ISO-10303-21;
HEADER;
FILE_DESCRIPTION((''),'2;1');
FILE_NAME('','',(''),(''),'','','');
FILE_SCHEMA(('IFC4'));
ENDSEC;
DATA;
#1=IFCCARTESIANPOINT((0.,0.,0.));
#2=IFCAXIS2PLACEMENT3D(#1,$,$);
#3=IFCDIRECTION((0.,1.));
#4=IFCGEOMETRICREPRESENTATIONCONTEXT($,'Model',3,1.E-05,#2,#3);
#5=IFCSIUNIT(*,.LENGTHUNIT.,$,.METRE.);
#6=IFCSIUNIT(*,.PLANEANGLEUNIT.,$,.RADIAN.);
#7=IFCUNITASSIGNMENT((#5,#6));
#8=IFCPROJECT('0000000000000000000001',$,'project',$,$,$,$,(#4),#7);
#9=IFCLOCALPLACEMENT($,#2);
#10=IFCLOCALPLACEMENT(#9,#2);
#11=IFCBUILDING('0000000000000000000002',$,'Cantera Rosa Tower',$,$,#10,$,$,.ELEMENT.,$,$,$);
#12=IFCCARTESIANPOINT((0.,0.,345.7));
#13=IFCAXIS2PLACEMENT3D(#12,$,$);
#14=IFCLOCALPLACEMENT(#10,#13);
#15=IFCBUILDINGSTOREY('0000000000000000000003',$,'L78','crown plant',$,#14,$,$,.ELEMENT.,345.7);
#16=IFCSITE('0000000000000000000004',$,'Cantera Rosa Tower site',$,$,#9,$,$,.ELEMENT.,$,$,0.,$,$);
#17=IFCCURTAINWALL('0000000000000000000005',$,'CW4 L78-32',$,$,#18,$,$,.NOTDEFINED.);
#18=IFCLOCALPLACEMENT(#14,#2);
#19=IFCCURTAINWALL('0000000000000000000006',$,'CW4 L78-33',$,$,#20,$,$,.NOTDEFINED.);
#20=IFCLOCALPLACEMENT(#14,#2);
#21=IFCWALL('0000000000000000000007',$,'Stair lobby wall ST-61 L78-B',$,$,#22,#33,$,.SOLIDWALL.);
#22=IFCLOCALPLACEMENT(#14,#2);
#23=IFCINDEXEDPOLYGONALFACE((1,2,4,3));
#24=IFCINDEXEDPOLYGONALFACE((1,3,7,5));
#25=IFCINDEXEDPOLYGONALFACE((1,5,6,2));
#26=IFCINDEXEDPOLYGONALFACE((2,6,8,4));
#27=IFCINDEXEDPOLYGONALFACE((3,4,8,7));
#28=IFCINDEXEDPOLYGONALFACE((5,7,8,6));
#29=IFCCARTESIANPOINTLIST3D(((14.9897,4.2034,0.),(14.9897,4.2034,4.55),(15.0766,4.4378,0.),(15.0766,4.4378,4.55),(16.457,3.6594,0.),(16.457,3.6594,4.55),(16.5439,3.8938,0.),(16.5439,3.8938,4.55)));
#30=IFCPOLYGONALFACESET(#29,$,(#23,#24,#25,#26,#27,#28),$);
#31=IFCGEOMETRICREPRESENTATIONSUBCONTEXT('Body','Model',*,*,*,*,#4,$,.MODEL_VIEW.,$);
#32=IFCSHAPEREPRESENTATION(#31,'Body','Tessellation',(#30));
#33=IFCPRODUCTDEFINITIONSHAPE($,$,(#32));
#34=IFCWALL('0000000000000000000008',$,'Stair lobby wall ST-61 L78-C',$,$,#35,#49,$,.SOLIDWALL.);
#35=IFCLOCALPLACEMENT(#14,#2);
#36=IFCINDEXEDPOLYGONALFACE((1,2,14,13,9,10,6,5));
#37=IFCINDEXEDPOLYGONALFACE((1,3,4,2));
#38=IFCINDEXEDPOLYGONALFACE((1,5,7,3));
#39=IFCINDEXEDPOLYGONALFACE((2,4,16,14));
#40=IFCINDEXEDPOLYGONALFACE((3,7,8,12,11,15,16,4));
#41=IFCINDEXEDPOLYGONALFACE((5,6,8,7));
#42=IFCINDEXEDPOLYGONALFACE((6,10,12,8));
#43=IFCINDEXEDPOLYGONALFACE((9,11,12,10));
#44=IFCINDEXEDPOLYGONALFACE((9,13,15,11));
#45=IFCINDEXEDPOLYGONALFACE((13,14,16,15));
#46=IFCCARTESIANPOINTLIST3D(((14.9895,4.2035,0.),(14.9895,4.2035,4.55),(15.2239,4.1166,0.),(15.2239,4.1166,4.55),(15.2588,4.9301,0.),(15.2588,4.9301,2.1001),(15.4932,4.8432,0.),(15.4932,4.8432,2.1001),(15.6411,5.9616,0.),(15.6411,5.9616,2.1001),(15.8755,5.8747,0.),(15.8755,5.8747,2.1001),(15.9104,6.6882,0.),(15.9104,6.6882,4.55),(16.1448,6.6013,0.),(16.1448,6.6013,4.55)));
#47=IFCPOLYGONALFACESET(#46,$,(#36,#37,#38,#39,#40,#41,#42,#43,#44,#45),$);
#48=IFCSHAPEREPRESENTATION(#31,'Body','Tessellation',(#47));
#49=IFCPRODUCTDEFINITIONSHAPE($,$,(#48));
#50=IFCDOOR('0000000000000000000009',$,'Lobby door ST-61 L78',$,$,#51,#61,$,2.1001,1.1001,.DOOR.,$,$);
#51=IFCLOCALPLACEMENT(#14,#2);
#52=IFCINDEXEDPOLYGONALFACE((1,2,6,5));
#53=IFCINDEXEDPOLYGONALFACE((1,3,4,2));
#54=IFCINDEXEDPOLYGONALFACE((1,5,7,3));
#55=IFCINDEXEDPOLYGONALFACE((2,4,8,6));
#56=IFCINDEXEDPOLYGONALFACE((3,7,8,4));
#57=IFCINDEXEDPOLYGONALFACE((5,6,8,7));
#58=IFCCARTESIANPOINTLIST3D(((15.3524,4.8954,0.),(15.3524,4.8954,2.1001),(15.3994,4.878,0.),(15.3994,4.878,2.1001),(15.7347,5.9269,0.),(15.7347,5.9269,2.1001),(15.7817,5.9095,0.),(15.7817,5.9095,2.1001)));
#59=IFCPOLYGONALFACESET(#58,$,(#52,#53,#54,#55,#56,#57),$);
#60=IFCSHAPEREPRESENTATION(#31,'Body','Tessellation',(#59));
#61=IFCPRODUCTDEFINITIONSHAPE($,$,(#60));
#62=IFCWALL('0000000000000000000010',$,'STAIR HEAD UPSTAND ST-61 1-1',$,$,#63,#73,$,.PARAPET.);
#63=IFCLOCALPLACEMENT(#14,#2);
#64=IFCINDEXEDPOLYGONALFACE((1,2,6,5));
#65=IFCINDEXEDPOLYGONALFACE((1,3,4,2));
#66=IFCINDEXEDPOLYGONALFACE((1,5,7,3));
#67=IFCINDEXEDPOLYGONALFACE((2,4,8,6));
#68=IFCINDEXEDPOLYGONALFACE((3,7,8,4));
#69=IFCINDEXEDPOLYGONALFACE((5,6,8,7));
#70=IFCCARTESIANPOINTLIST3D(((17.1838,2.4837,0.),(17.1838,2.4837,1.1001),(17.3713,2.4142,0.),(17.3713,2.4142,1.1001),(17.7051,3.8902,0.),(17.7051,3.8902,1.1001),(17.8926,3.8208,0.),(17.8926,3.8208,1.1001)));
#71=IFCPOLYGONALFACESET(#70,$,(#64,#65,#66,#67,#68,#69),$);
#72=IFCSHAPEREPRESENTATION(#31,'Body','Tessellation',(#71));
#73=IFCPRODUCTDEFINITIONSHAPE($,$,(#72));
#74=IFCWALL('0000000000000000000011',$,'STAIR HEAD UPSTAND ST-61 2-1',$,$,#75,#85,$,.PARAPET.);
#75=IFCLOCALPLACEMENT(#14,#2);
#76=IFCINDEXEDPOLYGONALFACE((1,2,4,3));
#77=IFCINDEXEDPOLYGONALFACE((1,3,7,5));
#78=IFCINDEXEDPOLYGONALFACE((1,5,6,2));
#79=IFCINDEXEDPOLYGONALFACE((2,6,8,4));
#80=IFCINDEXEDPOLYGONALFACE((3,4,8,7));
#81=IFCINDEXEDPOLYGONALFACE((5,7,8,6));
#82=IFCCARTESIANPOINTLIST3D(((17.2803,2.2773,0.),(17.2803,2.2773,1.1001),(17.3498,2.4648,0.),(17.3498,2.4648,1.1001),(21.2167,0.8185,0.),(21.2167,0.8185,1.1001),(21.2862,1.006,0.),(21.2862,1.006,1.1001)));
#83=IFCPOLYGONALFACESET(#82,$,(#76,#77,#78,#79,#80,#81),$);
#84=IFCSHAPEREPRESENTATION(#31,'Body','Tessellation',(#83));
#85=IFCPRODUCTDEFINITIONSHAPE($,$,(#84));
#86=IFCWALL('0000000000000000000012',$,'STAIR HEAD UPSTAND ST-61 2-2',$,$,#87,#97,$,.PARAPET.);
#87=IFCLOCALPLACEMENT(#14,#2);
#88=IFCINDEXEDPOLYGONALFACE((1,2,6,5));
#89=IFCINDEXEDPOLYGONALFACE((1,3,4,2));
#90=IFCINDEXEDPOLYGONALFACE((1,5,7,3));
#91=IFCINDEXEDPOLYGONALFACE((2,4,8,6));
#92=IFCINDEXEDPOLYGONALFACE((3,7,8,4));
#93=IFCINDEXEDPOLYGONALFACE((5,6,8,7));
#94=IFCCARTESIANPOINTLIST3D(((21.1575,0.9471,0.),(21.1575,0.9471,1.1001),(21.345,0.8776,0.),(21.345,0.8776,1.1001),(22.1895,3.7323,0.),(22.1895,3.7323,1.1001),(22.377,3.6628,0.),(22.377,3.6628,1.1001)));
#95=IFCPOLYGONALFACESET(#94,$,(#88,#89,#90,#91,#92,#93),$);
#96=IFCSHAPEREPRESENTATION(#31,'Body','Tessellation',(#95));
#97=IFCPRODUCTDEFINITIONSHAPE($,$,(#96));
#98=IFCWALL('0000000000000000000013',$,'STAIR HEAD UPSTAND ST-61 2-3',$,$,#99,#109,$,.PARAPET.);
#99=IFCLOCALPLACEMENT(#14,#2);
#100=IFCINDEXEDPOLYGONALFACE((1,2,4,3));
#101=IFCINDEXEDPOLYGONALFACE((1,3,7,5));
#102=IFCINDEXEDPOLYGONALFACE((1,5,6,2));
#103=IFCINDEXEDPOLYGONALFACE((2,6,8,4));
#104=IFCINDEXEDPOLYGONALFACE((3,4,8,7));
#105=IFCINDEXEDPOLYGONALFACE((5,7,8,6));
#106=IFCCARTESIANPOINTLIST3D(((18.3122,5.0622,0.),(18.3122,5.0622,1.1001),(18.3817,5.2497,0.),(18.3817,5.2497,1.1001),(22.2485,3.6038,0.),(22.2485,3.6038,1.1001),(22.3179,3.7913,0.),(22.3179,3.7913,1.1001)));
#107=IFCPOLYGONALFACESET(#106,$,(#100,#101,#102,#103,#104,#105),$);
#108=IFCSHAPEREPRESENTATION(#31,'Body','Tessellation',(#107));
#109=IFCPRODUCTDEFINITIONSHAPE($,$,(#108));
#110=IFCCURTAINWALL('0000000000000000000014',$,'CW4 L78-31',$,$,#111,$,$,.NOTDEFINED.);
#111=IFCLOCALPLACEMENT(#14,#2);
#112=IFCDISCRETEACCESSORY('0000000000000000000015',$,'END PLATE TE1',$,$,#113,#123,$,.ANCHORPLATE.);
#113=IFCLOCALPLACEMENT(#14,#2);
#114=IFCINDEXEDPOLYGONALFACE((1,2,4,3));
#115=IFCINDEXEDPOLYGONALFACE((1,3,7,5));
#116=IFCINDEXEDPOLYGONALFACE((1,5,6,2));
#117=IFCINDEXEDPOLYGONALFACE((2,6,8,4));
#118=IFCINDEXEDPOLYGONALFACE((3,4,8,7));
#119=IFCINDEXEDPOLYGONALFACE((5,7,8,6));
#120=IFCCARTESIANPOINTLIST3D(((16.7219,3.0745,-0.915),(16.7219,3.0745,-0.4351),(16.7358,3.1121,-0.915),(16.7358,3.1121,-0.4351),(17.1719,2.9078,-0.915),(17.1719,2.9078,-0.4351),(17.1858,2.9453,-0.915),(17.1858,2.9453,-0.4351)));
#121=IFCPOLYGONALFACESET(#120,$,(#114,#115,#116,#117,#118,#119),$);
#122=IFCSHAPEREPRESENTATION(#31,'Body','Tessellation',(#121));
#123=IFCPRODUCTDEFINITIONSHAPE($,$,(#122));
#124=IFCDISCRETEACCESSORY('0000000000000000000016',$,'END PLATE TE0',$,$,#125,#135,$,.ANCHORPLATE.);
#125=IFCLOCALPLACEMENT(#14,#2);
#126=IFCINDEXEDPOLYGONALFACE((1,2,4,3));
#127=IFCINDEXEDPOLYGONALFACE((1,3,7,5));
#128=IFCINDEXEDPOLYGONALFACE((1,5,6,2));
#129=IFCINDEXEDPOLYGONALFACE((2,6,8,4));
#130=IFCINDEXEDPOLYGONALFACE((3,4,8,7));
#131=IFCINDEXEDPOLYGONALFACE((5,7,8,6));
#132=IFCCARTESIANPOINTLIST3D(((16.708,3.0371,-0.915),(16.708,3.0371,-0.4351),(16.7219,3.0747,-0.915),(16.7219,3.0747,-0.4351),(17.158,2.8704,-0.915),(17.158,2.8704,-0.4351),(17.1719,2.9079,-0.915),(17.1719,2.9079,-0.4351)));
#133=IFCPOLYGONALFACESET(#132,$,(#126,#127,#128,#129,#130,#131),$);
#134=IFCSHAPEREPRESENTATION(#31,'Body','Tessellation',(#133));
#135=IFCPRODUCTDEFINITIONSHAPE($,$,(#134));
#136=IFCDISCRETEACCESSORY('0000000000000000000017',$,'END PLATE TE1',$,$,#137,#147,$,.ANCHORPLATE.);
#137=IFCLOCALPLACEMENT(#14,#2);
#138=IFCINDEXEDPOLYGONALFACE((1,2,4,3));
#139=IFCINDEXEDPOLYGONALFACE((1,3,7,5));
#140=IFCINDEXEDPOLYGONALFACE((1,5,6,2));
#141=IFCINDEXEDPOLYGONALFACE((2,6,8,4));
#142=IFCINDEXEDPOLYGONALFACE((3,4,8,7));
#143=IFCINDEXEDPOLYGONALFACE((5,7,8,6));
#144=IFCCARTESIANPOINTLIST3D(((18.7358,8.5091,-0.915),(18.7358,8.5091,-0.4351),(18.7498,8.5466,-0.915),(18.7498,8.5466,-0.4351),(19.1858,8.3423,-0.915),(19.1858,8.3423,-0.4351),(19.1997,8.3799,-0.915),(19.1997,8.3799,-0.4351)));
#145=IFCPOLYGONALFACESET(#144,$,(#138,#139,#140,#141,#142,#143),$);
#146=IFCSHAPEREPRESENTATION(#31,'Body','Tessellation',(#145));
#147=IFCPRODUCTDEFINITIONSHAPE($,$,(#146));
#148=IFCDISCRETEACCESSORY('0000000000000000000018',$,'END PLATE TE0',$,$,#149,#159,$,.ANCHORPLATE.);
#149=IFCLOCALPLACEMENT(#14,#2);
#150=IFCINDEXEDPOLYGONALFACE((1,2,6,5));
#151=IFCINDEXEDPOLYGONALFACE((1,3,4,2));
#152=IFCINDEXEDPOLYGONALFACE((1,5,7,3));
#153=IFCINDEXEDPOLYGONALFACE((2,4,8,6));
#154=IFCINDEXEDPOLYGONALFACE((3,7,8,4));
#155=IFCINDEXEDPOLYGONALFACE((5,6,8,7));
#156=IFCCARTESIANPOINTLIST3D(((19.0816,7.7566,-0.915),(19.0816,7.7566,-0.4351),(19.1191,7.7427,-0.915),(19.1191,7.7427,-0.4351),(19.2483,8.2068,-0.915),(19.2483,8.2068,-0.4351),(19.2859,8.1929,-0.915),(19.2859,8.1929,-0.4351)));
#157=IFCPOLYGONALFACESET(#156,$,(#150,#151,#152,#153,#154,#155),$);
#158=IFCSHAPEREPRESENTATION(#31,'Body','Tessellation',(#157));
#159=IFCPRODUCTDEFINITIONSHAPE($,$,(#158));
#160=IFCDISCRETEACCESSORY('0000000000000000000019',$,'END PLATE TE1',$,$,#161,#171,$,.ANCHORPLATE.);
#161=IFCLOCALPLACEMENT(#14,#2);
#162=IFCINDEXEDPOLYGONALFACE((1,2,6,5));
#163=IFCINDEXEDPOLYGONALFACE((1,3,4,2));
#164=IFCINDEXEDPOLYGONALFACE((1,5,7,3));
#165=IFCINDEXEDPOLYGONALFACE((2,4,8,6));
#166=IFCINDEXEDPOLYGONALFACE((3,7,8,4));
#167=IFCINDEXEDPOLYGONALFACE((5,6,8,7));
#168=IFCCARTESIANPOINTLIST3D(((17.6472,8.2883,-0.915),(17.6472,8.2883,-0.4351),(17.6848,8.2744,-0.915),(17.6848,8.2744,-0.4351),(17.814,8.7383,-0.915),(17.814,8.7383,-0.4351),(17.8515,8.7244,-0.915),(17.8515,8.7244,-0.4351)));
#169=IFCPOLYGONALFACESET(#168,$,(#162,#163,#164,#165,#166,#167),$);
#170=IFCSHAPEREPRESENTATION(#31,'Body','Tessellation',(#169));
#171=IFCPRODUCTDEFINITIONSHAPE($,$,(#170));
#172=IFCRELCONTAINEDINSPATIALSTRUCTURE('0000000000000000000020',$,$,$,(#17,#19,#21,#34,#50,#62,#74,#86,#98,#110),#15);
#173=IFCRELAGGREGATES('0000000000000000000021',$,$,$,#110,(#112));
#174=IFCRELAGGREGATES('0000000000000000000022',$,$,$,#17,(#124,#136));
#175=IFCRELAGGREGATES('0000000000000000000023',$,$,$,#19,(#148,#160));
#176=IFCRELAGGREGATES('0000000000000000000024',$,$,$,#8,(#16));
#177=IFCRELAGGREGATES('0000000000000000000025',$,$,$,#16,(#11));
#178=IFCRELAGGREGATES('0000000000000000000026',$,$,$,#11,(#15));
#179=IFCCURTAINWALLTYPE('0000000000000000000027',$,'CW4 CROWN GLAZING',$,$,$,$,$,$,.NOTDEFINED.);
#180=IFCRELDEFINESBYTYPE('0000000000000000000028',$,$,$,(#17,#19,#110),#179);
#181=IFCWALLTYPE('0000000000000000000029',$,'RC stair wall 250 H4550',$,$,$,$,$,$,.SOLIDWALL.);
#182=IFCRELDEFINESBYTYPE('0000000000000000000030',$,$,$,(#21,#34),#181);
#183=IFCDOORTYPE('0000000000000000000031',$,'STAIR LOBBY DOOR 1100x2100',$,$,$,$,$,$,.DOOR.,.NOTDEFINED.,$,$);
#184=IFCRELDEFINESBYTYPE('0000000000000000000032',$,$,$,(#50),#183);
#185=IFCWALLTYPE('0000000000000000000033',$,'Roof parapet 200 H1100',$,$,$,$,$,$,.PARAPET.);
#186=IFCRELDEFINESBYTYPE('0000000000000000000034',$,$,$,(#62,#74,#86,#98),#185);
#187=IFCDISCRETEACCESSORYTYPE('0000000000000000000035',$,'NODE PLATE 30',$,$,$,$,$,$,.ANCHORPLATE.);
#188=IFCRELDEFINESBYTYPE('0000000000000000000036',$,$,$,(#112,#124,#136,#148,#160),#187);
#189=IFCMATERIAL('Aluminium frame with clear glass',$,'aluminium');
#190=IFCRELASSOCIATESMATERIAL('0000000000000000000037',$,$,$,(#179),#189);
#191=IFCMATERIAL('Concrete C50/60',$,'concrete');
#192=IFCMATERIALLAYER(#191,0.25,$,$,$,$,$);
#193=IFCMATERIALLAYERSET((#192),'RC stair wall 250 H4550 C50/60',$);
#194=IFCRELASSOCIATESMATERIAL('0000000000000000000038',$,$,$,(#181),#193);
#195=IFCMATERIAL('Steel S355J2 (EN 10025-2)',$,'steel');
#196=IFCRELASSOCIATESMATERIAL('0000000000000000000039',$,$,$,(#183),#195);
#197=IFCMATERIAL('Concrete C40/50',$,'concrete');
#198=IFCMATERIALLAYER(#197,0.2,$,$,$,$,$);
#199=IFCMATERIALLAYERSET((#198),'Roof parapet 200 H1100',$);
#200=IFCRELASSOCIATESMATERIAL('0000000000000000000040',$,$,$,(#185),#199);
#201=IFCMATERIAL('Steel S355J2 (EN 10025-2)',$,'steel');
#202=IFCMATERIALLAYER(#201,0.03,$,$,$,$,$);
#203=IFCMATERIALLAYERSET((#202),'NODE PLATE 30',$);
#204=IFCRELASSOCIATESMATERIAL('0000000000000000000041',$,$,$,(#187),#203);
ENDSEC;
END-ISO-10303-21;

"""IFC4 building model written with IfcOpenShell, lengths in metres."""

from ifc_helpers import new_model, si_unit, direction, frame, frame_2d, origin, place, context, subcontext, project, spatial, polyline, rectangle, outline, extrude, material, layer, layer_set, type_object, element, fill, aggregate, save


model = new_model("IFC4")

# Units and contexts
model_context = context("Model", 3, precision=1e-05, world=origin(), true_north=direction((0.0, 1.0)))
body_context = subcontext(model_context, "Body", "Model", "MODEL_VIEW")
ifc_project = project(units=[si_unit("LENGTHUNIT", "METRE"), si_unit("PLANEANGLEUNIT", "RADIAN")], contexts=[model_context])

# Site, building, storey
site_placement = place(None, origin())
site = spatial("IfcSite", under=ifc_project, at=site_placement, Name="Cantera Rosa Tower site", CompositionType="ELEMENT", RefElevation=0.0)
building_placement = place(site_placement, origin())
building = spatial("IfcBuilding", under=site, at=building_placement, Name="Cantera Rosa Tower", CompositionType="ELEMENT")
storey_placement = place(building_placement, frame((0.0, 0.0, 345.7)))
storey = spatial("IfcBuildingStorey", under=building, at=storey_placement, Name="L78", Description="crown plant", CompositionType="ELEMENT", Elevation=345.7)

# Curtain walls
ifc_material_1 = material(Name="Aluminium frame with clear glass", Category="aluminium")
curtain_wall_type = type_object("IfcCurtainWallType", Name="CW4 CROWN GLAZING", PredefinedType="NOTDEFINED", material=ifc_material_1)
curtain_wall_1_placement = place(storey_placement, origin())
curtain_wall_1 = element("IfcCurtainWall", 1, at=curtain_wall_1_placement, inside=storey, type_object=curtain_wall_type, Name="CW4 L78-32", PredefinedType="NOTDEFINED")
curtain_wall_2_placement = place(storey_placement, origin())
curtain_wall_2 = element("IfcCurtainWall", 2, at=curtain_wall_2_placement, inside=storey, type_object=curtain_wall_type, Name="CW4 L78-33", PredefinedType="NOTDEFINED")

# Wall
ifc_material_2 = material(Name="Concrete C50/60", Category="concrete")
ifc_layer_1 = layer(ifc_material_2, 0.25)
ifc_layer_set_1 = layer_set([ifc_layer_1], Name="RC stair wall 250 H4550 C50/60")
wall_type_1 = type_object("IfcWallType", Name="RC stair wall 250 H4550", PredefinedType="SOLIDWALL", material=ifc_layer_set_1)
wall_1_placement = place(storey_placement, frame((16.5005, 3.7766, 0.0), z_axis=(0.0, 0.0, 1.0), x_axis=(-0.937643, 0.347599, 0.0)))
element("IfcWall", 3, at=wall_1_placement, inside=storey, type_object=wall_type_1, Name="Stair lobby wall ST-61 L78-B", PredefinedType="SOLIDWALL", context=body_context, shape_type="SweptSolid", body=[
    extrude(rectangle(XDim=1.5649, YDim=0.25, at=frame_2d((0.7825, 0.0))), origin(), (0.0, 0.0, 1.0), 4.55),
])

# Wall, opening, door
wall_2_placement = place(storey_placement, frame((16.0276, 6.6448, 0.0), z_axis=(0.0, 0.0, 1.0), x_axis=(-0.347506, -0.937678, 0.0)))
wall_2 = element("IfcWall", 4, at=wall_2_placement, inside=storey, type_object=wall_type_1, Name="Stair lobby wall ST-61 L78-C", PredefinedType="SOLIDWALL", context=body_context, shape_type="SweptSolid", body=[
    extrude(rectangle(XDim=2.6499, YDim=0.25, at=frame_2d((1.325, 0.0))), origin(), (0.0, 0.0, 1.0), 4.55),
])
opening_placement = place(wall_2_placement, frame((0.7749, 0.0, 0.0)))
opening = element("IfcOpeningElement", 5, at=opening_placement, cuts=wall_2, PredefinedType="OPENING", context=body_context, shape_type="SweptSolid", body=[
    extrude(rectangle(XDim=1.1001, YDim=2.1001, at=frame_2d((0.55, 1.05))), frame((0.0, 0.135, 0.0), z_axis=(0.0, -1.0, 0.0), x_axis=(1.0, 0.0, 0.0)), (0.0, 0.0, 1.0), 0.27),
])
ifc_material_3 = material(Name="Steel S355J2 (EN 10025-2)", Category="steel")
door_type = type_object("IfcDoorType", Name="STAIR LOBBY DOOR 1100x2100", OperationType="NOTDEFINED", PredefinedType="DOOR", material=ifc_material_3)
door_placement = place(opening_placement, origin())
door = element("IfcDoor", 6, at=door_placement, inside=storey, type_object=door_type, Name="Lobby door ST-61 L78", OverallHeight=2.1001, OverallWidth=1.1001, PredefinedType="DOOR", context=body_context, shape_type="SweptSolid", body=[
    extrude(rectangle(XDim=1.1001, YDim=2.1001, at=frame_2d((0.55, 1.05))), frame((0.0, 0.0249, 0.0), z_axis=(0.0, -1.0, 0.0), x_axis=(1.0, 0.0, 0.0)), (0.0, 0.0, 1.0), 0.05),
])
fill(opening, door)

# Walls
ifc_material_4 = material(Name="Concrete C40/50", Category="concrete")
ifc_layer_2 = layer(ifc_material_4, 0.2)
ifc_layer_set_2 = layer_set([ifc_layer_2], Name="Roof parapet 200 H1100")
wall_type_2 = type_object("IfcWallType", Name="Roof parapet 200 H1100", PredefinedType="PARAPET", material=ifc_layer_set_2)
wall_3_placement = place(storey_placement, frame((17.2776, 2.449, 0.0), z_axis=(0.0, 0.0, 1.0), x_axis=(0.3475, 0.93768, 0.0)))
element("IfcWall", 7, at=wall_3_placement, inside=storey, type_object=wall_type_2, Name="STAIR HEAD UPSTAND ST-61 1-1", PredefinedType="PARAPET", context=body_context, shape_type="SweptSolid", body=[
    extrude(rectangle(XDim=1.5, YDim=0.2, at=frame_2d((0.75, 0.0))), origin(), (0.0, 0.0, 1.0), 1.1001),
])
wall_4_placement = place(storey_placement, frame((17.3149, 2.3711, 0.0), z_axis=(0.0, 0.0, 1.0), x_axis=(0.937682, -0.347494, 0.0)))
element("IfcWall", 8, at=wall_4_placement, inside=storey, type_object=wall_type_2, Name="STAIR HEAD UPSTAND ST-61 2-1", PredefinedType="PARAPET", context=body_context, shape_type="SweptSolid", body=[
    extrude(rectangle(XDim=4.198, YDim=0.2, at=frame_2d((2.0991, 0.0))), origin(), (0.0, 0.0, 1.0), 1.1001),
])
wall_5_placement = place(storey_placement, frame((21.2512, 0.9124, 0.0), z_axis=(0.0, 0.0, 1.0), x_axis=(0.347446, 0.9377, 0.0)))
element("IfcWall", 9, at=wall_5_placement, inside=storey, type_object=wall_type_2, Name="STAIR HEAD UPSTAND ST-61 2-2", PredefinedType="PARAPET", context=body_context, shape_type="SweptSolid", body=[
    extrude(rectangle(XDim=2.9702, YDim=0.2, at=frame_2d((1.4851, 0.0))), origin(), (0.0, 0.0, 1.0), 1.1001),
])
wall_6_placement = place(storey_placement, frame((22.2832, 3.6975, 0.0), z_axis=(0.0, 0.0, 1.0), x_axis=(-0.937701, 0.347443, 0.0)))
element("IfcWall", 10, at=wall_6_placement, inside=storey, type_object=wall_type_2, Name="STAIR HEAD UPSTAND ST-61 2-3", PredefinedType="PARAPET", context=body_context, shape_type="SweptSolid", body=[
    extrude(rectangle(XDim=4.1978, YDim=0.2, at=frame_2d((2.0989, 0.0))), origin(), (0.0, 0.0, 1.0), 1.1001),
])

# Curtain wall, discrete accessory
curtain_wall_3_placement = place(storey_placement, origin())
curtain_wall_3 = element("IfcCurtainWall", 11, at=curtain_wall_3_placement, inside=storey, type_object=curtain_wall_type, Name="CW4 L78-31", PredefinedType="NOTDEFINED")
ifc_material_5 = material(Name="Steel S355J2 (EN 10025-2)", Category="steel")
ifc_layer_3 = layer(ifc_material_5, 0.03)
ifc_layer_set_3 = layer_set([ifc_layer_3], Name="NODE PLATE 30")
discrete_accessory_type = type_object("IfcDiscreteAccessoryType", Name="NODE PLATE 30", PredefinedType="ANCHORPLATE", material=ifc_layer_set_3)
discrete_accessory_1_placement = place(storey_placement, frame((16.7358, 3.1121, -0.4351), z_axis=(0.347497, 0.937681, 0.0), x_axis=(0.937681, -0.347497, 0.0)))
discrete_accessory_1 = element("IfcDiscreteAccessory", 12, at=discrete_accessory_1_placement, type_object=discrete_accessory_type, Name="END PLATE TE1", PredefinedType="ANCHORPLATE", context=body_context, shape_type="SweptSolid", body=[
    extrude(outline(polyline([(0.0, 0.0), (0.4799, 0.0), (0.4799, 0.48), (0.0, 0.48), (0.0, 0.0)])), origin(), (0.0, 0.0, -1.0), 0.04),
])
aggregate(curtain_wall_3, [discrete_accessory_1])

# Discrete accessories
discrete_accessory_2_placement = place(storey_placement, frame((17.158, 2.8704, -0.4351), z_axis=(-0.347497, -0.937681, 0.0), x_axis=(-0.937681, 0.347497, 0.0)))
discrete_accessory_2 = element("IfcDiscreteAccessory", 13, at=discrete_accessory_2_placement, type_object=discrete_accessory_type, Name="END PLATE TE0", PredefinedType="ANCHORPLATE", context=body_context, shape_type="SweptSolid", body=[
    extrude(outline(polyline([(0.0, 0.0), (0.4799, 0.0), (0.4799, 0.48), (0.0, 0.48), (0.0, 0.0)])), origin(), (0.0, 0.0, -1.0), 0.04),
])
discrete_accessory_3_placement = place(storey_placement, frame((18.7498, 8.5466, -0.4351), z_axis=(0.347497, 0.937681, 0.0), x_axis=(0.937681, -0.347497, 0.0)))
discrete_accessory_3 = element("IfcDiscreteAccessory", 14, at=discrete_accessory_3_placement, type_object=discrete_accessory_type, Name="END PLATE TE1", PredefinedType="ANCHORPLATE", context=body_context, shape_type="SweptSolid", body=[
    extrude(outline(polyline([(0.0, 0.0), (0.4799, 0.0), (0.4799, 0.48), (0.0, 0.48), (0.0, 0.0)])), origin(), (0.0, 0.0, -1.0), 0.04),
])
aggregate(curtain_wall_1, [discrete_accessory_2, discrete_accessory_3])
discrete_accessory_4_placement = place(storey_placement, frame((19.2859, 8.1929, -0.4351), z_axis=(0.937743, -0.347331, 0.0), x_axis=(-0.347331, -0.937743, 0.0)))
discrete_accessory_4 = element("IfcDiscreteAccessory", 15, at=discrete_accessory_4_placement, type_object=discrete_accessory_type, Name="END PLATE TE0", PredefinedType="ANCHORPLATE", context=body_context, shape_type="SweptSolid", body=[
    extrude(outline(polyline([(0.0, 0.0), (0.4801, 0.0), (0.4801, 0.48), (0.0, 0.48), (0.0, 0.0)])), origin(), (0.0, 0.0, -1.0), 0.04),
])
discrete_accessory_5_placement = place(storey_placement, frame((17.6472, 8.2883, -0.4351), z_axis=(-0.937681, 0.347497, 0.0), x_axis=(0.347497, 0.937681, 0.0)))
discrete_accessory_5 = element("IfcDiscreteAccessory", 16, at=discrete_accessory_5_placement, type_object=discrete_accessory_type, Name="END PLATE TE1", PredefinedType="ANCHORPLATE", context=body_context, shape_type="SweptSolid", body=[
    extrude(outline(polyline([(0.0, 0.0), (0.4799, 0.0), (0.4799, 0.48), (0.0, 0.48), (0.0, 0.0)])), origin(), (0.0, 0.0, -1.0), 0.04),
])
aggregate(curtain_wall_2, [discrete_accessory_4, discrete_accessory_5])

save(model, "model.ifc")
